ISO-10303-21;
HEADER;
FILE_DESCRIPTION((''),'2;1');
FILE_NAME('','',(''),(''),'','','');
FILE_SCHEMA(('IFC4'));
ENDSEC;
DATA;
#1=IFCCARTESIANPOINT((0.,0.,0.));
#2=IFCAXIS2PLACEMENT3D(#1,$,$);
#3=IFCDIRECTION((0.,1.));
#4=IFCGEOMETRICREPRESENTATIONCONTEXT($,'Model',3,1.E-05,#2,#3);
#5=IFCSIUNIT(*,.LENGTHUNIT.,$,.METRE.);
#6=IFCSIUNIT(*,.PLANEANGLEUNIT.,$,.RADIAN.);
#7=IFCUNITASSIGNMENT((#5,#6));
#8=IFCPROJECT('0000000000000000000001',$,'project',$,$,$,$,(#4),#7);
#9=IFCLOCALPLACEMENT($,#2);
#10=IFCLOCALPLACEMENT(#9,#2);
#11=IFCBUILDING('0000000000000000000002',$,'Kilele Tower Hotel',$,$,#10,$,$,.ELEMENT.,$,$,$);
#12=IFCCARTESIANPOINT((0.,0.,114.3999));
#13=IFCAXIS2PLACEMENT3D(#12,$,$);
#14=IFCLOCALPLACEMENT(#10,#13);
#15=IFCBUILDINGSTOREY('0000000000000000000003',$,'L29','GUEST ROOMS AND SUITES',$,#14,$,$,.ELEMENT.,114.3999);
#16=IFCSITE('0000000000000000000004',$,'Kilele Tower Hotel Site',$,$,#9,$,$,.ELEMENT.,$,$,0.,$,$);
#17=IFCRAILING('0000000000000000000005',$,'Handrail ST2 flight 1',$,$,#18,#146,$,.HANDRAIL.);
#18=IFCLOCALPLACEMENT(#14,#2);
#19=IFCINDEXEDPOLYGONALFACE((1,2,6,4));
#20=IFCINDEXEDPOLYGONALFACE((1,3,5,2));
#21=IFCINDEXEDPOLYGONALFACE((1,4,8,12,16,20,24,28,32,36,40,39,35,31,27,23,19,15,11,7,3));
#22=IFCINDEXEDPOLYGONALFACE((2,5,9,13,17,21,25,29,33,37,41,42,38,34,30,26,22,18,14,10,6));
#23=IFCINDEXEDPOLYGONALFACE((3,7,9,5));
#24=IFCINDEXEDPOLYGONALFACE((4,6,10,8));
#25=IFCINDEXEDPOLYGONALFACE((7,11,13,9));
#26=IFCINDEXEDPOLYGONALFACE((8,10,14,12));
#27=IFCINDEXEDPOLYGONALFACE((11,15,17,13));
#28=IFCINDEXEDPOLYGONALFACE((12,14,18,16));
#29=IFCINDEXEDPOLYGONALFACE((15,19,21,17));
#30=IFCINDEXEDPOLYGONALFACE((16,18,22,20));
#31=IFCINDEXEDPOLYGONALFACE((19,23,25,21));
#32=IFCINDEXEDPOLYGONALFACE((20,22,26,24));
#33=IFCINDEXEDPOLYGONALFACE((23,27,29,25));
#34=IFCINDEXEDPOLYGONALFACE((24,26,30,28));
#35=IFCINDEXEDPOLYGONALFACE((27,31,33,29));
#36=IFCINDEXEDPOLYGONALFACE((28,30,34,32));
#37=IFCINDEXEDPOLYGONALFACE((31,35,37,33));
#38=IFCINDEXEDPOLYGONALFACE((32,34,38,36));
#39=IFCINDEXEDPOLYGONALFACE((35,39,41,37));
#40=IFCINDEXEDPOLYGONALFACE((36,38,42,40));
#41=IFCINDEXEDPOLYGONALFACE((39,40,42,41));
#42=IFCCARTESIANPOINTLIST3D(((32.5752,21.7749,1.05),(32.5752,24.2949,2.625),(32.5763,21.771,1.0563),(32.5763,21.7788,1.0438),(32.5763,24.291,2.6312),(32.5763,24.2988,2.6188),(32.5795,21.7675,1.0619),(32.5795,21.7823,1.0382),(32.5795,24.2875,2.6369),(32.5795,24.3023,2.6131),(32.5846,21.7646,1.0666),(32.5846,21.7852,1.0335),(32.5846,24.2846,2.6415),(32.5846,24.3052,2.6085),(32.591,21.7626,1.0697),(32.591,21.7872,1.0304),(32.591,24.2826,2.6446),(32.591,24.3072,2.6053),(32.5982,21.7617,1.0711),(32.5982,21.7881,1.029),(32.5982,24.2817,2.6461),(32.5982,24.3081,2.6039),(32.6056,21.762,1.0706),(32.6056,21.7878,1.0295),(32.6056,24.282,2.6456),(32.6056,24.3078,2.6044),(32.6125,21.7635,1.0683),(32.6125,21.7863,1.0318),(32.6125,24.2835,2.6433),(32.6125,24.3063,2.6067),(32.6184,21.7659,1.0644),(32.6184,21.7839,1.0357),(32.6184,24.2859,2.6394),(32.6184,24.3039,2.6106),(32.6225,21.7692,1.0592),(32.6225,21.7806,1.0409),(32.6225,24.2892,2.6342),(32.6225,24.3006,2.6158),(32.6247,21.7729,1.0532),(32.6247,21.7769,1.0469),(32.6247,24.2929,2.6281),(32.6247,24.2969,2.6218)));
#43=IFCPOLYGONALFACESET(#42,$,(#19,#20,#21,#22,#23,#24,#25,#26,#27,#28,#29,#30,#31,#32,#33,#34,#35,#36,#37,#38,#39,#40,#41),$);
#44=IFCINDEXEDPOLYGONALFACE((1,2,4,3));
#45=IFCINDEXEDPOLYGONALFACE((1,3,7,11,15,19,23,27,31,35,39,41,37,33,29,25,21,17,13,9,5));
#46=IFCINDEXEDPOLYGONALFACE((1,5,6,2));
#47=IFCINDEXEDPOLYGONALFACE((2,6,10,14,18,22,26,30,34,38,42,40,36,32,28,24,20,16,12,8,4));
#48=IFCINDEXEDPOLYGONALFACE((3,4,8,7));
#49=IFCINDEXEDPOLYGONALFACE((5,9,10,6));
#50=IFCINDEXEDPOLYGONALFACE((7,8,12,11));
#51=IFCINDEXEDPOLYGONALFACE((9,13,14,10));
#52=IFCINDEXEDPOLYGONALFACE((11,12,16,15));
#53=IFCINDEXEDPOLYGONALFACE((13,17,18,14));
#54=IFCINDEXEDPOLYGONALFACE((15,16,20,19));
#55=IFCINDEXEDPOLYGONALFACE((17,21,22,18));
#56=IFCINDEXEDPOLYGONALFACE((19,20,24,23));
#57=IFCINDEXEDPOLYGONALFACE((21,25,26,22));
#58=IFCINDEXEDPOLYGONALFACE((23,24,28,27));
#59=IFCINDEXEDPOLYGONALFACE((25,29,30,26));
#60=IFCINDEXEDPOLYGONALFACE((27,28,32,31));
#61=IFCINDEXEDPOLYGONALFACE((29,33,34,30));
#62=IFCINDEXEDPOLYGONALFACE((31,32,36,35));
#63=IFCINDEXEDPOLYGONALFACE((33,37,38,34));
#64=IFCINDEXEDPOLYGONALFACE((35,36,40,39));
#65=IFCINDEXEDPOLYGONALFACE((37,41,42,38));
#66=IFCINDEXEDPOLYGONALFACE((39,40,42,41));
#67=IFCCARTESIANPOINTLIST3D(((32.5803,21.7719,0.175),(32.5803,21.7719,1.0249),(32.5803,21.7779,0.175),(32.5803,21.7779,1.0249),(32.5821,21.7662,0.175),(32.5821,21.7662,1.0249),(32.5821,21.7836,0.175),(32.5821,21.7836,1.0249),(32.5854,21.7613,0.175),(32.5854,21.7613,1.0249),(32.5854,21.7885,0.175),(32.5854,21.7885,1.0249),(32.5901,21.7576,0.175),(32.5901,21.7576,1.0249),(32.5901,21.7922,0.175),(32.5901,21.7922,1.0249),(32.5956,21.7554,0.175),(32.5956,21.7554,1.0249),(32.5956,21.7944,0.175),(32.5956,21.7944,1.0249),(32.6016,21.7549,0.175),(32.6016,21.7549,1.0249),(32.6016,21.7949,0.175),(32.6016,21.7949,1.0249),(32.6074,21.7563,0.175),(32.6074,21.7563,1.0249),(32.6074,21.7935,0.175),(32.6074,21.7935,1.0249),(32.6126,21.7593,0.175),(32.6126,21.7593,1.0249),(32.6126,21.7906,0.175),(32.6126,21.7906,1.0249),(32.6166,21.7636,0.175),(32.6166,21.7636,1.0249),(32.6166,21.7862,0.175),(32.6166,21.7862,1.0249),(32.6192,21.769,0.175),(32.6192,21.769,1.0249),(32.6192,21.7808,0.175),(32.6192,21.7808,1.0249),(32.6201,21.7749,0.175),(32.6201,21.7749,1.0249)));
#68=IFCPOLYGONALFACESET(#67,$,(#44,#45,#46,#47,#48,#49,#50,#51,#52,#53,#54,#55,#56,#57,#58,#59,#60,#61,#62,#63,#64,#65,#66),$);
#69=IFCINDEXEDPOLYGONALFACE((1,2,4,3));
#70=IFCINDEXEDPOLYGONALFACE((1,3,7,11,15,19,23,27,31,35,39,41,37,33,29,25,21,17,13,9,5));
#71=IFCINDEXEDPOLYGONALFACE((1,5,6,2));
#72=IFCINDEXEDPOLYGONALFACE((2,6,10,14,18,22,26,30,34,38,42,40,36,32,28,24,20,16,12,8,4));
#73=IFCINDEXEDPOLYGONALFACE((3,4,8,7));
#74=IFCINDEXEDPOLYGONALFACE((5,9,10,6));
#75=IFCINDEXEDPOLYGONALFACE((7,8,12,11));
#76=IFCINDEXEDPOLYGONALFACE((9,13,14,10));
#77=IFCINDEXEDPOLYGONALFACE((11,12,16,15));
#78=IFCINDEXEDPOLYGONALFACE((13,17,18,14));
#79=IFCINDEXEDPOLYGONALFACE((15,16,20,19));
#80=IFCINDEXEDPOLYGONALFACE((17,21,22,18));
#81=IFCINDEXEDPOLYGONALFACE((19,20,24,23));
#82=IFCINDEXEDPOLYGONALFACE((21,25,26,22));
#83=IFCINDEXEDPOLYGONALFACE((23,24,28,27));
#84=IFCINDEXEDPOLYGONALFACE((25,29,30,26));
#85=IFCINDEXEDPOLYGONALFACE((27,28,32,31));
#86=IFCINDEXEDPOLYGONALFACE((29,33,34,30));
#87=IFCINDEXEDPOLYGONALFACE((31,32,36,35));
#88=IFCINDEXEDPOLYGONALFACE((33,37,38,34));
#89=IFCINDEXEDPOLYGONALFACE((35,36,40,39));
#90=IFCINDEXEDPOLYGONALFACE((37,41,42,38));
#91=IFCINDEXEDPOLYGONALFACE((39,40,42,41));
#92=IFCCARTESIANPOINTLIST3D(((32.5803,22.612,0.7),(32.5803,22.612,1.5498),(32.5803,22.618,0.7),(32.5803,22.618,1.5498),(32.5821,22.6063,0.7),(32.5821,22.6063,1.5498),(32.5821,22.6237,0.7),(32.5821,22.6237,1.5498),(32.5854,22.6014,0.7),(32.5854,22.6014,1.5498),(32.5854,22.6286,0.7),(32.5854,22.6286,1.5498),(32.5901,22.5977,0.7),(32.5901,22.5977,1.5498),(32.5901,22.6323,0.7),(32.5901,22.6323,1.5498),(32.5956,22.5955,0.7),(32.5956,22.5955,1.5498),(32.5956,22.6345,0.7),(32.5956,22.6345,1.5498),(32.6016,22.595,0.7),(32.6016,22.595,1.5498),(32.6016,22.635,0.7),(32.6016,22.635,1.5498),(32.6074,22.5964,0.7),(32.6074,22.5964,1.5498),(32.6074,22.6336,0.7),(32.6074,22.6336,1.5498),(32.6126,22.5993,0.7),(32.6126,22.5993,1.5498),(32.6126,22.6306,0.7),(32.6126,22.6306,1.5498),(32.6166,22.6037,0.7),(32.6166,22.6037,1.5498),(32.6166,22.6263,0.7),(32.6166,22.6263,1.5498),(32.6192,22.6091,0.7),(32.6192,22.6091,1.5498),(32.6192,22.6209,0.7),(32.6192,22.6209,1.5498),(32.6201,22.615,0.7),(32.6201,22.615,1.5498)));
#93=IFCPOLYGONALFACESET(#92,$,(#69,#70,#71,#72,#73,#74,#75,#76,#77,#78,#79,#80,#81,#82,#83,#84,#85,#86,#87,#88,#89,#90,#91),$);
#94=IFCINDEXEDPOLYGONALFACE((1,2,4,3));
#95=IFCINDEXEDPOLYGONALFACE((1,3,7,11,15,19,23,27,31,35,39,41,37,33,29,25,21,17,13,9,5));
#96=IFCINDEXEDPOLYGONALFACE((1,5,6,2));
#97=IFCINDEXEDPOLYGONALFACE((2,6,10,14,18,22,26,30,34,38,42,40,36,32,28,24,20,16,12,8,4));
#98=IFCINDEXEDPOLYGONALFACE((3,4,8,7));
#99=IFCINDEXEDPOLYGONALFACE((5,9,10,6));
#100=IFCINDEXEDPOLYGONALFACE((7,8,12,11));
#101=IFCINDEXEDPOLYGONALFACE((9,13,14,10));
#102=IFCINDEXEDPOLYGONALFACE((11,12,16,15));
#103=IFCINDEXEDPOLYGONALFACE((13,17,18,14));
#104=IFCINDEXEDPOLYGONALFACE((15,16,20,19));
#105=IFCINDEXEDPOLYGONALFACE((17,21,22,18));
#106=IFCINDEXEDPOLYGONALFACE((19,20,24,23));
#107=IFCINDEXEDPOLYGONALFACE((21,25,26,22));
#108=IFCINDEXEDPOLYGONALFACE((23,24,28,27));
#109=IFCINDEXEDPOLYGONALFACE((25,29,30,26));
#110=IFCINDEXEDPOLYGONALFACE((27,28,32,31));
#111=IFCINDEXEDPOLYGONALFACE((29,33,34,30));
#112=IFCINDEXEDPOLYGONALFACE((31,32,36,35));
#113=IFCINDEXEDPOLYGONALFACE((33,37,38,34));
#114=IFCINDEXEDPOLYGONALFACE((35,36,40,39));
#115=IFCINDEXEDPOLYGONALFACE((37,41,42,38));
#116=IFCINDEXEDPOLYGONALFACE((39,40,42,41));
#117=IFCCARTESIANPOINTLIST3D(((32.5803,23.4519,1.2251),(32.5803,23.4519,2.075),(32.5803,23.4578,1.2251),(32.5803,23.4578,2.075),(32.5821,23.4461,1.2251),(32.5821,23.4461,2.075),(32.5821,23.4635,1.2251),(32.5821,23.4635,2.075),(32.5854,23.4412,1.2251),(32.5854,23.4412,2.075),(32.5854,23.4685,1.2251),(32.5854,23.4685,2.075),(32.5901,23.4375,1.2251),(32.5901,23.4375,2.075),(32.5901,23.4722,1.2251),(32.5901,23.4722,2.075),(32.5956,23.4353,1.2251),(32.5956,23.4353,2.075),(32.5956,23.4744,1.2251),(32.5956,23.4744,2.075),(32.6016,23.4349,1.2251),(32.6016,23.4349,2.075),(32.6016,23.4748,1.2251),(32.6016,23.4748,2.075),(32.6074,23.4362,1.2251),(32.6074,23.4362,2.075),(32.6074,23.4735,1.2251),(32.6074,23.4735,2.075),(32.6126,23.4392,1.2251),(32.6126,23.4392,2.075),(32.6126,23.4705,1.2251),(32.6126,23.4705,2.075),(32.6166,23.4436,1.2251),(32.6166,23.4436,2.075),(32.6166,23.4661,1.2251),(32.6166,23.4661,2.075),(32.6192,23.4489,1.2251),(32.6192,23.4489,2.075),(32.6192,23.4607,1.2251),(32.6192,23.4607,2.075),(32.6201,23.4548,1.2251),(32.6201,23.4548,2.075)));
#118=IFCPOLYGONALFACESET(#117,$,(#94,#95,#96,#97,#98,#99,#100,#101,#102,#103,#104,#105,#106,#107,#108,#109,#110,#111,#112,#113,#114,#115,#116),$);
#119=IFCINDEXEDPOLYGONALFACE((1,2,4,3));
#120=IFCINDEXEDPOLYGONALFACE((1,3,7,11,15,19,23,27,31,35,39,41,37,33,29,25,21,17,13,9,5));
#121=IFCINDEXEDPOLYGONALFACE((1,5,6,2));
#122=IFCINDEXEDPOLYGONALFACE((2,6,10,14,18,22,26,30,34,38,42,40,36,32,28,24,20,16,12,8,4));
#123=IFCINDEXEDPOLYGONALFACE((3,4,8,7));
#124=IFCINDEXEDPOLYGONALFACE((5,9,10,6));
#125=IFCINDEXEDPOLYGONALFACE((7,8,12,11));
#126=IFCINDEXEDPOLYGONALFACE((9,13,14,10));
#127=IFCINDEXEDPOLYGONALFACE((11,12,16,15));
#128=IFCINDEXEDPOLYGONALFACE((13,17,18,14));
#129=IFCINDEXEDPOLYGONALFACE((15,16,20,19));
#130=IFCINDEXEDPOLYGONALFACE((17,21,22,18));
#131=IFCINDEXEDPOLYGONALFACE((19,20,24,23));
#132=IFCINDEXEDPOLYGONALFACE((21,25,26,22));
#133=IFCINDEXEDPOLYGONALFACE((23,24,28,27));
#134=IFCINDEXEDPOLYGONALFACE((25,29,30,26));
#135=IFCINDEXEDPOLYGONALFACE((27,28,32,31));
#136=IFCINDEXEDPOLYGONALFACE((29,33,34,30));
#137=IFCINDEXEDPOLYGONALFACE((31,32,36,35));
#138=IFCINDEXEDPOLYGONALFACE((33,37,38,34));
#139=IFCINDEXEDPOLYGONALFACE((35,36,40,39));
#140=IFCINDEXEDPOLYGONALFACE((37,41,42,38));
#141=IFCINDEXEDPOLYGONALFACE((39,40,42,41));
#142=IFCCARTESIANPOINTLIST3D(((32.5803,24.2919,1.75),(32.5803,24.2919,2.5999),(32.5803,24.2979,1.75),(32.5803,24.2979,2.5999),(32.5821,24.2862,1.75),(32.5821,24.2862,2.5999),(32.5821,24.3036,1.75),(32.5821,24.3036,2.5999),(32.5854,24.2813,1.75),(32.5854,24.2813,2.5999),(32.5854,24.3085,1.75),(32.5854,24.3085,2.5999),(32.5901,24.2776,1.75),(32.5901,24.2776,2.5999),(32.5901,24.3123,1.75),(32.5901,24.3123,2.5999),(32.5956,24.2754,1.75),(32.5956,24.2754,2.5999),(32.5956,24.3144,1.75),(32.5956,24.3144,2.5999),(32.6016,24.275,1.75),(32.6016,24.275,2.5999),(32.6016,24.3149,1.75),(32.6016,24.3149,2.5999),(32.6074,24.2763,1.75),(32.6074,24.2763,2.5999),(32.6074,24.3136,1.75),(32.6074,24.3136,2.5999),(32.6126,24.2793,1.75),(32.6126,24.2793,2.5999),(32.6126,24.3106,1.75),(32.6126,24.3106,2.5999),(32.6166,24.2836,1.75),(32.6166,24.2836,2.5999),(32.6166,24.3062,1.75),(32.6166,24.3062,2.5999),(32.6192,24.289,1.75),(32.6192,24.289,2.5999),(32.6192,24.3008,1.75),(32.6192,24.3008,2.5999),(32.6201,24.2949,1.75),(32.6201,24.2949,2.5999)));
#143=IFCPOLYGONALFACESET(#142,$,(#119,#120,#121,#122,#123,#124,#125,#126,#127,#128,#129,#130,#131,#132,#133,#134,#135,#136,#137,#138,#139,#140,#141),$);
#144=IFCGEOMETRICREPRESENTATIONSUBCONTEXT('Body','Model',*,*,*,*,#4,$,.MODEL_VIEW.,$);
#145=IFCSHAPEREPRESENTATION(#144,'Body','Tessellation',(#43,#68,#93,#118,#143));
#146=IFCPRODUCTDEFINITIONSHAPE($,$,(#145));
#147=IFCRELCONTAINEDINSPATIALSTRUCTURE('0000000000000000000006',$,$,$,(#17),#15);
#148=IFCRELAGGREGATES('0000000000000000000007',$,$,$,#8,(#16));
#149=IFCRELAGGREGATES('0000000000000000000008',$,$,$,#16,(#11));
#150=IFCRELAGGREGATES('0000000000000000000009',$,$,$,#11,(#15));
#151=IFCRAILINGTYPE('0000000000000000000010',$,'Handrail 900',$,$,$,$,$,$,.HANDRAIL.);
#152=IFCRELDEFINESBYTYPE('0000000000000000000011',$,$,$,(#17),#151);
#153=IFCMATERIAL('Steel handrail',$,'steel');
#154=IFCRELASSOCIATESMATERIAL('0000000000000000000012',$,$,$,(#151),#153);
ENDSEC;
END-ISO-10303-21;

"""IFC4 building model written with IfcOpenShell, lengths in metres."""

from ifc_helpers import new_model, si_unit, direction, frame, origin, origin_2d, place, context, subcontext, project, spatial, circle, extrude, material, type_object, element, save


model = new_model("IFC4")

# Units and contexts
model_context = context("Model", 3, precision=1e-05, world=origin(), true_north=direction((0.0, 1.0)))
body_context = subcontext(model_context, "Body", "Model", "MODEL_VIEW")
ifc_project = project(units=[si_unit("LENGTHUNIT", "METRE"), si_unit("PLANEANGLEUNIT", "RADIAN")], contexts=[model_context])

# Site, building, storey
site_placement = place(None, origin())
site = spatial("IfcSite", under=ifc_project, at=site_placement, Name="Kilele Tower Hotel Site", CompositionType="ELEMENT", RefElevation=0.0)
building_placement = place(site_placement, origin())
building = spatial("IfcBuilding", under=site, at=building_placement, Name="Kilele Tower Hotel", CompositionType="ELEMENT")
storey_placement = place(building_placement, frame((0.0, 0.0, 114.3999)))
storey = spatial("IfcBuildingStorey", under=building, at=storey_placement, Name="L29", Description="GUEST ROOMS AND SUITES", CompositionType="ELEMENT", Elevation=114.3999)

# Railing
ifc_material_1 = material(Name="Steel handrail", Category="steel")
railing_type_1 = type_object("IfcRailingType", Name="Handrail 900", PredefinedType="HANDRAIL", material=ifc_material_1)
for number, where, name in (
    (1, (32.6001, 21.7749, 0.175), "Handrail ST2 flight 1"),
):
    element("IfcRailing", number, at=place(storey_placement, frame(where)), inside=storey, type_object=railing_type_1, Name=name, PredefinedType="HANDRAIL", context=body_context, shape_type="SweptSolid", body=[
        extrude(circle(Radius=0.0249, at=origin_2d()), frame((0.0, 0.0, 0.875), z_axis=(0.0, 0.848008, 0.529984), x_axis=(-1.0, 0.0, 0.0)), (0.0, 0.0, 1.0), 2.9717),
        extrude(circle(Radius=0.02, at=origin_2d()), origin(), (0.0, 0.0, 1.0), 0.8499),
        extrude(circle(Radius=0.02, at=origin_2d()), frame((0.0, 0.8401, 0.5249)), (0.0, 0.0, 1.0), 0.8499),
        extrude(circle(Radius=0.02, at=origin_2d()), frame((0.0, 1.6799, 1.05)), (0.0, 0.0, 1.0), 0.8499),
        extrude(circle(Radius=0.02, at=origin_2d()), frame((0.0, 2.52, 1.575)), (0.0, 0.0, 1.0), 0.8499),
    ])

save(model, "model.ifc")
